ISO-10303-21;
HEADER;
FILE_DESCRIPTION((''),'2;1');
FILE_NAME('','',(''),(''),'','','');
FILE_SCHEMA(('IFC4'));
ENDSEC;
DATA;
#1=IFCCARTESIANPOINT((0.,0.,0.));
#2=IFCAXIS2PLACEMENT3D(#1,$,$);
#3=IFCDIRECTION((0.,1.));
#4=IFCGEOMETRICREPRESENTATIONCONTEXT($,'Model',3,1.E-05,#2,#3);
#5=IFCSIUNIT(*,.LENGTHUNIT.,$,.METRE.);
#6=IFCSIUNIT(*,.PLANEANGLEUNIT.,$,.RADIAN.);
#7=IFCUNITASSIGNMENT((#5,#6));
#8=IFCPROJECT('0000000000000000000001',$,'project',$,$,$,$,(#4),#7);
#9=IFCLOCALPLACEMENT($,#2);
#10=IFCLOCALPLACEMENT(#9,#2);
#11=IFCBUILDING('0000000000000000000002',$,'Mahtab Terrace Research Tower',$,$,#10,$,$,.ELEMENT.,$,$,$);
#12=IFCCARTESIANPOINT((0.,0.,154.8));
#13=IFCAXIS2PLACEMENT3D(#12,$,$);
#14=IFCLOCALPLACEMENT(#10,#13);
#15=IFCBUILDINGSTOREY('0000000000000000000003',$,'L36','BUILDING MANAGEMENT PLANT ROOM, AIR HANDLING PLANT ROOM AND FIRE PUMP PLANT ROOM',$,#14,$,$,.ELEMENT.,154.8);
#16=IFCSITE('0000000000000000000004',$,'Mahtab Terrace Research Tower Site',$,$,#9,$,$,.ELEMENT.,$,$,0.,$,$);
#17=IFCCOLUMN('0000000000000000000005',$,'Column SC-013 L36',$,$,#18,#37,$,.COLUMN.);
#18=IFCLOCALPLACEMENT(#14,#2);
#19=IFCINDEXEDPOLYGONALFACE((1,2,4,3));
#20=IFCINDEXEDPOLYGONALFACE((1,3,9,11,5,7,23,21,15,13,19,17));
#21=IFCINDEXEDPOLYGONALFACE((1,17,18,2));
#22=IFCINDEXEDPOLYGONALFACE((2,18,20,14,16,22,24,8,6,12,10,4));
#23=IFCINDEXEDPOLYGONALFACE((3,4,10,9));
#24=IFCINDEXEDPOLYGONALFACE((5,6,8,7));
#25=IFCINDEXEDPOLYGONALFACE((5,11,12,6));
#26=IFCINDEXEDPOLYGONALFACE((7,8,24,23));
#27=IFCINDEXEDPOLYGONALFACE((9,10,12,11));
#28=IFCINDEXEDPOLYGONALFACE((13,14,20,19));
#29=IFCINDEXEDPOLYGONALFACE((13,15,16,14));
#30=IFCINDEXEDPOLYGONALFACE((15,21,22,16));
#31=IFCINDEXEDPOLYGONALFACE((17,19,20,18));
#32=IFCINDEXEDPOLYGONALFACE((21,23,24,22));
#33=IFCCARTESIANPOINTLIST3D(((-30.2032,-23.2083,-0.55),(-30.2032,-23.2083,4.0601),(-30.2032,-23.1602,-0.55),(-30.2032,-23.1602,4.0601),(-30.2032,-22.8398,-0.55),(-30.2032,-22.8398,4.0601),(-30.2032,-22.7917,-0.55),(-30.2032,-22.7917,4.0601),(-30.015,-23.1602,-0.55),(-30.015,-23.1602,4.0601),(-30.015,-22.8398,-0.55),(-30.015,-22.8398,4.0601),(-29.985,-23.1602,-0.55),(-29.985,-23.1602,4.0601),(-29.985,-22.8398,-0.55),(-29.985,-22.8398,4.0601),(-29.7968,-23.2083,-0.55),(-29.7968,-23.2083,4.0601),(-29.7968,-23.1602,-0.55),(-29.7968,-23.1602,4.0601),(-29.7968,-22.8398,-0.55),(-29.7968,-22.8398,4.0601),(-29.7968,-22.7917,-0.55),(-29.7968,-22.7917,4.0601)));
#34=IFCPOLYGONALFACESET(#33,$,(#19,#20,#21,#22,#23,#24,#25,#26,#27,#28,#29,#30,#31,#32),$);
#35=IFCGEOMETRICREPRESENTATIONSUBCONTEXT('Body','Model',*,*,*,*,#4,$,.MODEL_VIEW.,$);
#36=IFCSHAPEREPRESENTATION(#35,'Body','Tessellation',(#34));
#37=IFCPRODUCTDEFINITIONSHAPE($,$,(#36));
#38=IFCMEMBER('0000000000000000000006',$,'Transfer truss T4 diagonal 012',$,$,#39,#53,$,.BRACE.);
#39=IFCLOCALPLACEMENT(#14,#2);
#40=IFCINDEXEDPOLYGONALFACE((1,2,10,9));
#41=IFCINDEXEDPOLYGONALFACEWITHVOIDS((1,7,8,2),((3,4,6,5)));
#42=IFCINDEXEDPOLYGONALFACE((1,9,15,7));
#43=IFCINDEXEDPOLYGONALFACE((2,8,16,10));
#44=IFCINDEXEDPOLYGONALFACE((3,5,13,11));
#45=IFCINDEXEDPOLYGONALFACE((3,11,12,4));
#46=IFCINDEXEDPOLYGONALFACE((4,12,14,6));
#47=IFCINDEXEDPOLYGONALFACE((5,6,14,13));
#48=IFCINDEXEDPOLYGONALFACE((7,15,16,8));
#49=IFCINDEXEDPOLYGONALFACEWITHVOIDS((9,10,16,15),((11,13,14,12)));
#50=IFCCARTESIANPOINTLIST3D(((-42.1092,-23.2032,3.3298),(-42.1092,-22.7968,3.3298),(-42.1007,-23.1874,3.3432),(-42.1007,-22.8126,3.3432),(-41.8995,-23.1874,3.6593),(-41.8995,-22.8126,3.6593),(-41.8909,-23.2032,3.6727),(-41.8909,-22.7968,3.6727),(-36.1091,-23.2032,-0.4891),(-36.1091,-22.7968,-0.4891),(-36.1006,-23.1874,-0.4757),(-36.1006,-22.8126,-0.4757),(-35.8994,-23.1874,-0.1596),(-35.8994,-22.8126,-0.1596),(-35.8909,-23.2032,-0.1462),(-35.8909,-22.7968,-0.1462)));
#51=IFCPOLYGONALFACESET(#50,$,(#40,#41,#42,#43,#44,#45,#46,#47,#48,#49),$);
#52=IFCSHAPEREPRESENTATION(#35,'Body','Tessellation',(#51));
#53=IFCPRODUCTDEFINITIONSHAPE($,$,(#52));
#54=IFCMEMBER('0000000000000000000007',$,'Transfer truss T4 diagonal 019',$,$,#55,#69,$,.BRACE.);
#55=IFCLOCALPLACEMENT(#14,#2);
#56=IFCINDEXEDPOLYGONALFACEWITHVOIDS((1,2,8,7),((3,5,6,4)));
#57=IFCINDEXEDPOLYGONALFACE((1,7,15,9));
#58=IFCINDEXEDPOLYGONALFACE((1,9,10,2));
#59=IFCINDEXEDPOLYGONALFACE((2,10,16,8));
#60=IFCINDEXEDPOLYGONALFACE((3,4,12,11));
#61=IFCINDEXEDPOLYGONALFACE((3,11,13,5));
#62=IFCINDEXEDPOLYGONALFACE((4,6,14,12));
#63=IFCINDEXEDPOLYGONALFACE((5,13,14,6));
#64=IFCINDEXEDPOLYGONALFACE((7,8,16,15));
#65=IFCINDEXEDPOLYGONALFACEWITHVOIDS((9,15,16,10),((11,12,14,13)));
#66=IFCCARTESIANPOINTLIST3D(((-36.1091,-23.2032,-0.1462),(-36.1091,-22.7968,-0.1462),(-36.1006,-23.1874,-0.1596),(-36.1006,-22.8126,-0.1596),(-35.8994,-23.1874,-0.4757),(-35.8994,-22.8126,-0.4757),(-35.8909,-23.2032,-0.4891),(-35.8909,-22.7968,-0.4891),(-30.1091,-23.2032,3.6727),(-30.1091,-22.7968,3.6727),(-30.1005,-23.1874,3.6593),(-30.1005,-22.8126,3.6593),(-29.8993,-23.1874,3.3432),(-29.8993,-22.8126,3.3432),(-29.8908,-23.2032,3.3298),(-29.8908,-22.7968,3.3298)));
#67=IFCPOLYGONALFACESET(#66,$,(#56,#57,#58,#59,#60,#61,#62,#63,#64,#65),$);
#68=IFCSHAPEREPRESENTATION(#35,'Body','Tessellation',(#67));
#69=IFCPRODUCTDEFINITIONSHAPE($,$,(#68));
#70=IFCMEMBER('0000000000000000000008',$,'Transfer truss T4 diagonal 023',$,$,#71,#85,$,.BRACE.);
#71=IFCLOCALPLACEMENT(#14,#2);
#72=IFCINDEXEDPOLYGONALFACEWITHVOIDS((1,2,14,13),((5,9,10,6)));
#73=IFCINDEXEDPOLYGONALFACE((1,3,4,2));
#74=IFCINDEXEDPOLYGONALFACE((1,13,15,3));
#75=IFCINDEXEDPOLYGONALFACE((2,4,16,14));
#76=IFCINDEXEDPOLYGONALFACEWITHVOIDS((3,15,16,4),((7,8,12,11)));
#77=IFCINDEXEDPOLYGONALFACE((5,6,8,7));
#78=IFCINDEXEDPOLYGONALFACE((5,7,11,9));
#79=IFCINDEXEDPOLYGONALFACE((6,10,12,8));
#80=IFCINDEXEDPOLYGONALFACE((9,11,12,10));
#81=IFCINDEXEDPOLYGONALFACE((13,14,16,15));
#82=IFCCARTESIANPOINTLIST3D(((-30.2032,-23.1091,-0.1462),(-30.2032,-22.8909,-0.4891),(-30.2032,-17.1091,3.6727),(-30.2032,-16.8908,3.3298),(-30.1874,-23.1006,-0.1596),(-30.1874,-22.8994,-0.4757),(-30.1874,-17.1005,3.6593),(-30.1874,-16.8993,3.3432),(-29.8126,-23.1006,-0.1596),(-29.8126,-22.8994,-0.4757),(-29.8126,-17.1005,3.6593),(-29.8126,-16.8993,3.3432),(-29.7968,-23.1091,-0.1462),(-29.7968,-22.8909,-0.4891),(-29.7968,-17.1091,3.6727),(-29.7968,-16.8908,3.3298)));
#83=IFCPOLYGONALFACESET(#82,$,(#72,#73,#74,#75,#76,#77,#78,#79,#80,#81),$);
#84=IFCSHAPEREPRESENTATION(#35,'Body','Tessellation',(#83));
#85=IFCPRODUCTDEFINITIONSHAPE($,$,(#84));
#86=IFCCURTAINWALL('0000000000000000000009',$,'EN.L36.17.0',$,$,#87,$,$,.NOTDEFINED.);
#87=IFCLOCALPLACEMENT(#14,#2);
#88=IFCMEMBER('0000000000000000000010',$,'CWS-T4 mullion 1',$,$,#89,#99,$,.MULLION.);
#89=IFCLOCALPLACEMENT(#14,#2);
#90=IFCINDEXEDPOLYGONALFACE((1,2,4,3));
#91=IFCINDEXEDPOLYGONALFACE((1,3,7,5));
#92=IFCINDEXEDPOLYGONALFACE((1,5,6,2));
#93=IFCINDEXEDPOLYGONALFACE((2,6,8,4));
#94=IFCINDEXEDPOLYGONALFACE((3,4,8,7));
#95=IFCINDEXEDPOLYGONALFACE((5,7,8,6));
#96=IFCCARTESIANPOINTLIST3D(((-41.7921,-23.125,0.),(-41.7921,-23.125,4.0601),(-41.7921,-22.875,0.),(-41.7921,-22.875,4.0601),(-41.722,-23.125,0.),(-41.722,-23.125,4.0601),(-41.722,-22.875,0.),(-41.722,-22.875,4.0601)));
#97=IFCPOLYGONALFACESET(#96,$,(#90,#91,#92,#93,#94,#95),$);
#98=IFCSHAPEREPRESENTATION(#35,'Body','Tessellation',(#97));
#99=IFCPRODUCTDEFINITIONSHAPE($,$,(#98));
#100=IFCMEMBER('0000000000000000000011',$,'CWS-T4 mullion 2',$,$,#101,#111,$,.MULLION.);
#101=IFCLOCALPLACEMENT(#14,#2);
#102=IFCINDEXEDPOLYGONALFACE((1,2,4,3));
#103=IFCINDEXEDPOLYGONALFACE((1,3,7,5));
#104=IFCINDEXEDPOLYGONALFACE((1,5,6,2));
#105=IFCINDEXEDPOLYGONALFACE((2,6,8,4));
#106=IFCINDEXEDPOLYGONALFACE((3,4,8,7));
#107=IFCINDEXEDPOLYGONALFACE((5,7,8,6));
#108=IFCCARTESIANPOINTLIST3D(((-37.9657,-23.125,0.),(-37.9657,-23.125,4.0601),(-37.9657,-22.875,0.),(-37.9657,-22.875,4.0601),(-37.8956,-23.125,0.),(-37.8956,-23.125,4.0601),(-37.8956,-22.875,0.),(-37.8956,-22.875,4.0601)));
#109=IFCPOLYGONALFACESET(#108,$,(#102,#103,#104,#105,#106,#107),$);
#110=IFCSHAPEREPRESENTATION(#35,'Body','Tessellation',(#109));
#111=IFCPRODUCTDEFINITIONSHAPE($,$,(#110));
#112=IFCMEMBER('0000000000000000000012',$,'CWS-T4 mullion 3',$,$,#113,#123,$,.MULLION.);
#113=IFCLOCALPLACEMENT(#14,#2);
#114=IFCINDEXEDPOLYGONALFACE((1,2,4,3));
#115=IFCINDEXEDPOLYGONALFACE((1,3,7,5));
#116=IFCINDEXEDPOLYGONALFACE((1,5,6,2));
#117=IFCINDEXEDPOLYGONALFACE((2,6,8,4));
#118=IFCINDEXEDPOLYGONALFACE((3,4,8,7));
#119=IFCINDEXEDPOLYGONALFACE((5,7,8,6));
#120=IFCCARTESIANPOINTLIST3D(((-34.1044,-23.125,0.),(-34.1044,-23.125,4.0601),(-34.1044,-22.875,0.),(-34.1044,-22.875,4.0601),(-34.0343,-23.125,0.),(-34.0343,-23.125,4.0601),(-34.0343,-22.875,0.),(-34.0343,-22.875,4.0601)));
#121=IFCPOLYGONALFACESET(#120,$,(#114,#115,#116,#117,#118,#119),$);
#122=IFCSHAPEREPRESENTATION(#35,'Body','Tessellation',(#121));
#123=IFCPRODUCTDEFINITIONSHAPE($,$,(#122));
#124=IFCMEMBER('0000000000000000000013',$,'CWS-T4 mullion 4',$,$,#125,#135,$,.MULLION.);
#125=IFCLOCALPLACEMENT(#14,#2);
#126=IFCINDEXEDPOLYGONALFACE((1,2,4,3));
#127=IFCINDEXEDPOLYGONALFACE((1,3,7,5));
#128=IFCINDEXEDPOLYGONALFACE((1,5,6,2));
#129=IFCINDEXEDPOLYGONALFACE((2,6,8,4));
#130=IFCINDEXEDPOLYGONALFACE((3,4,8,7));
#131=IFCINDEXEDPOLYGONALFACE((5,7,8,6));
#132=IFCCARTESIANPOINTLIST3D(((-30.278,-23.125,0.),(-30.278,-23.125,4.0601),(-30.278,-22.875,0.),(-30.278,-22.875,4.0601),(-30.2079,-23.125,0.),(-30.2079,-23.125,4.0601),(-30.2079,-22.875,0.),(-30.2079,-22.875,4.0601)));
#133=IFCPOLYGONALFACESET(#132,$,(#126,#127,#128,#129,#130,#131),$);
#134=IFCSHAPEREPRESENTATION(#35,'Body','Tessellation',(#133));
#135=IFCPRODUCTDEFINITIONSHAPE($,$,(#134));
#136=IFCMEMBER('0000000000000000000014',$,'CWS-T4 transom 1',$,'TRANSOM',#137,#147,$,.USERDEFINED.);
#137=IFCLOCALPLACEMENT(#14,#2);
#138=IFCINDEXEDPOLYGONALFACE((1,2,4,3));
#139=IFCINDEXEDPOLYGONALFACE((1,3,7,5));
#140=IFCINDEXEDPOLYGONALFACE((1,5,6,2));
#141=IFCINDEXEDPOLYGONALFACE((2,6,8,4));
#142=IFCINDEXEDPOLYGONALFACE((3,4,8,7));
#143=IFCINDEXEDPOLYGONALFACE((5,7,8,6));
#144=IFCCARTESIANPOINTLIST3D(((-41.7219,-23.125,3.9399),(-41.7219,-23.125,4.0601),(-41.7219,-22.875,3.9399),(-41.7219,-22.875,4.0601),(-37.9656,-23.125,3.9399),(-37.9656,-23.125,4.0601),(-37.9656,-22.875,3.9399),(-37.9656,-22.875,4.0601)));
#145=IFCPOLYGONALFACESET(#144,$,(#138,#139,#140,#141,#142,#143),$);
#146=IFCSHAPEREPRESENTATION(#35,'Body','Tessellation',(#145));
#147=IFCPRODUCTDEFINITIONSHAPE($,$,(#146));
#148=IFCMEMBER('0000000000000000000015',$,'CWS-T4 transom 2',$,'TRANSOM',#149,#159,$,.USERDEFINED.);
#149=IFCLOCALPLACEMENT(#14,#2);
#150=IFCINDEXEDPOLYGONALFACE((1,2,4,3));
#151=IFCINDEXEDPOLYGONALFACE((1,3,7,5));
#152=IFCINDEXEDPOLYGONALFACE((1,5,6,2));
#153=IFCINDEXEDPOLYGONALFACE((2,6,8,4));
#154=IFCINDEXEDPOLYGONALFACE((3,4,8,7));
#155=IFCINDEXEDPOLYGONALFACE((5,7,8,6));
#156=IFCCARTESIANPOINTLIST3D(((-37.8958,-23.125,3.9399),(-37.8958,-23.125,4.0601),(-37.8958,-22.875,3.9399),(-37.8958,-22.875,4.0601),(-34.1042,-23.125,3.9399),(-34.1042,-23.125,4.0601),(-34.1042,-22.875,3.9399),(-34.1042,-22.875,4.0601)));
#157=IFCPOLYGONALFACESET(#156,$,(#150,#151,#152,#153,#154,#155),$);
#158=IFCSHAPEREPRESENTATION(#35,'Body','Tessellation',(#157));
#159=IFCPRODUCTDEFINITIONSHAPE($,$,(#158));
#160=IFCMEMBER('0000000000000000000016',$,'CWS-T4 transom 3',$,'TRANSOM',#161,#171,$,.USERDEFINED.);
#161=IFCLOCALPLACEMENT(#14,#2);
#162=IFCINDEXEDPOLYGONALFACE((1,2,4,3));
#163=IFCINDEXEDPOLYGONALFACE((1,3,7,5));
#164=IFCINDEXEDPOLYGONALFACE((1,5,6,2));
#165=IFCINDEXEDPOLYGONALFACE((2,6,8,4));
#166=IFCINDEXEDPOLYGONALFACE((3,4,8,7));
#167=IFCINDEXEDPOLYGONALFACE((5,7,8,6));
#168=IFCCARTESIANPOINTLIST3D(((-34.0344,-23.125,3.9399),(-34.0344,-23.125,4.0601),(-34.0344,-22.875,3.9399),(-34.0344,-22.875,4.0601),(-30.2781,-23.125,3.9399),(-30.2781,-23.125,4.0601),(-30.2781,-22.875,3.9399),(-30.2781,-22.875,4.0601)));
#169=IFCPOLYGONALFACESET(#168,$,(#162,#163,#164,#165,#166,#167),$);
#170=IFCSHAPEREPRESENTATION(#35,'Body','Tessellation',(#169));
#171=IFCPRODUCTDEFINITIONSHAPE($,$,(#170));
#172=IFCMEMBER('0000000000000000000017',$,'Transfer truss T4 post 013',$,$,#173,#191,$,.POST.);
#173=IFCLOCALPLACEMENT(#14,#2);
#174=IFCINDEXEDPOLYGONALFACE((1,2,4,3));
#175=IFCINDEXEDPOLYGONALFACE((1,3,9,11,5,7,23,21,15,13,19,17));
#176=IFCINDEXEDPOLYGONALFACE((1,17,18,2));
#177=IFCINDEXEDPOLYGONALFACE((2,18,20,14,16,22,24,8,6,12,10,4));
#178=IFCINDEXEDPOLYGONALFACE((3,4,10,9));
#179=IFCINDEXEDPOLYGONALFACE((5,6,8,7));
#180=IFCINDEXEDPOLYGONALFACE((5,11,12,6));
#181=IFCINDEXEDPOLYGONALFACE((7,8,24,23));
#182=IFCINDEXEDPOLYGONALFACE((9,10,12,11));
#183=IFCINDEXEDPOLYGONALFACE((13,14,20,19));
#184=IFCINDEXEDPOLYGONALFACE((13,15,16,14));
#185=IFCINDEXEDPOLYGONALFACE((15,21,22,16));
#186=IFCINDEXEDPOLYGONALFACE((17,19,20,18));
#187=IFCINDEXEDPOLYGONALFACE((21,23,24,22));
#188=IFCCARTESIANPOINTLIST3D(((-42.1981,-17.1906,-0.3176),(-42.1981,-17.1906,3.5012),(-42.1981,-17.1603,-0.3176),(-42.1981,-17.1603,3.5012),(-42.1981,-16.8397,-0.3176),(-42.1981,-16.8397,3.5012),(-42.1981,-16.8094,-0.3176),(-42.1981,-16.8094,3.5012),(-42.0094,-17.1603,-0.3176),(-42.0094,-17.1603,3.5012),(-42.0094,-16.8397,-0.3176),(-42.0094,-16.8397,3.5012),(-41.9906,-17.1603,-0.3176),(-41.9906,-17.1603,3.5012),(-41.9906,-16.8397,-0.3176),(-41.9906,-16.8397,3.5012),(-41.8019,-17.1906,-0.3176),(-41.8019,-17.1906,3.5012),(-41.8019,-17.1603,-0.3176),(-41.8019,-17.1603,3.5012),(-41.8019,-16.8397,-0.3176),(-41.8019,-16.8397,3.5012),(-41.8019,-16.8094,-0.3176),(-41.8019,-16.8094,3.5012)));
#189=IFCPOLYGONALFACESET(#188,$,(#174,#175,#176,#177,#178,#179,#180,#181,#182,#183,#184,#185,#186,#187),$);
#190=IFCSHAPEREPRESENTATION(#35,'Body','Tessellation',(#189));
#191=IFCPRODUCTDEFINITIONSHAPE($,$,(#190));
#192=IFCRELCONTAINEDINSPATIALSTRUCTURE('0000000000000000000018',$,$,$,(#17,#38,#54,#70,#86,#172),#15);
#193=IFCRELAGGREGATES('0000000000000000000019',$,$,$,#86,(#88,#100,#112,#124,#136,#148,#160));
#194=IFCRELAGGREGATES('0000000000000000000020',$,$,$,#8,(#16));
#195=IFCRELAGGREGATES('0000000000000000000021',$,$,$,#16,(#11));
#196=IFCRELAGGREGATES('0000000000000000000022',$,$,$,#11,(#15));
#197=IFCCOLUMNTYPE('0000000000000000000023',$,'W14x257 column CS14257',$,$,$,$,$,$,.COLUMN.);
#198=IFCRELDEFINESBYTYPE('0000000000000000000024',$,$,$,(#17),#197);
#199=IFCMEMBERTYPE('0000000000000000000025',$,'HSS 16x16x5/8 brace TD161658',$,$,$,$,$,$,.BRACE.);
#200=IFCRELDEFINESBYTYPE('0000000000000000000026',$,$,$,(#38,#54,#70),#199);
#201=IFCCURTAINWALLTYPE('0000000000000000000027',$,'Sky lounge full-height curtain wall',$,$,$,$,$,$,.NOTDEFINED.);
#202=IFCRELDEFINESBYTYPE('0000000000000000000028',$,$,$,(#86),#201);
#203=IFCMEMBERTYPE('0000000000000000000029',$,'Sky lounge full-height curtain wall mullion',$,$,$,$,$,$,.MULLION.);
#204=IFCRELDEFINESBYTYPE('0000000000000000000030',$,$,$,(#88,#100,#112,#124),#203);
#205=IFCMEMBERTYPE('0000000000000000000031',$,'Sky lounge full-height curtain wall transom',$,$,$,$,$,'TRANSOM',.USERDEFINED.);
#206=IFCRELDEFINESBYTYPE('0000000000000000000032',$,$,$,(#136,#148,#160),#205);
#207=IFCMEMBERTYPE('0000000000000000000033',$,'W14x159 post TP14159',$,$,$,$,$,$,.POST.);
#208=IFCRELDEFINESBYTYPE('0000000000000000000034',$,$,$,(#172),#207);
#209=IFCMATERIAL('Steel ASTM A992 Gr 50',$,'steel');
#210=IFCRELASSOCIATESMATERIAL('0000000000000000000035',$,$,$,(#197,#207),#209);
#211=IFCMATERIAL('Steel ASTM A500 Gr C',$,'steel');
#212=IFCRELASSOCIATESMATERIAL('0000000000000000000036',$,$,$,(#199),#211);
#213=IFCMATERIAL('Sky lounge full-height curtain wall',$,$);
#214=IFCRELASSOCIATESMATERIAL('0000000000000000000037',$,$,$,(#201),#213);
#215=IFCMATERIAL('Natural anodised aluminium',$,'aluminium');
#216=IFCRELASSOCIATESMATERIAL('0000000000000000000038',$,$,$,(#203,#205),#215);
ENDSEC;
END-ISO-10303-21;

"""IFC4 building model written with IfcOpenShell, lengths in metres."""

from ifc_helpers import new_model, si_unit, direction, frame, origin, origin_2d, place, context, subcontext, project, spatial, rectangle, hollow_rectangle, i_section, extrude, material, material_profile, profile_set, type_object, element, aggregate, save


model = new_model("IFC4")

# Units and contexts
model_context = context("Model", 3, precision=1e-05, world=origin(), true_north=direction((0.0, 1.0)))
body_context = subcontext(model_context, "Body", "Model", "MODEL_VIEW")
ifc_project = project(units=[si_unit("LENGTHUNIT", "METRE"), si_unit("PLANEANGLEUNIT", "RADIAN")], contexts=[model_context])

# Site, building, storey
site_placement = place(None, origin())
site = spatial("IfcSite", under=ifc_project, at=site_placement, Name="Mahtab Terrace Research Tower Site", CompositionType="ELEMENT", RefElevation=0.0)
building_placement = place(site_placement, origin())
building = spatial("IfcBuilding", under=site, at=building_placement, Name="Mahtab Terrace Research Tower", CompositionType="ELEMENT")
storey_placement = place(building_placement, frame((0.0, 0.0, 154.8)))
storey = spatial("IfcBuildingStorey", under=building, at=storey_placement, Name="L36", Description="BUILDING MANAGEMENT PLANT ROOM, AIR HANDLING PLANT ROOM AND FIRE PUMP PLANT ROOM", CompositionType="ELEMENT", Elevation=154.8)

# Column
ifc_material_1 = material(Name="Steel ASTM A992 Gr 50", Category="steel")
ifc_material_profile_1 = material_profile(ifc_material_1, i_section(OverallWidth=0.4065, OverallDepth=0.4165, WebThickness=0.03, FlangeThickness=0.0481, at=origin_2d()), Name="W14X257")
ifc_profile_set_1 = profile_set([ifc_material_profile_1], Name="Steel ASTM A992 Gr 50")
column_type = type_object("IfcColumnType", Name="W14x257 column CS14257", PredefinedType="COLUMN", material=ifc_profile_set_1)
column_placement = place(storey_placement, frame((-30.0, -23.0, -0.55), z_axis=(0.0, 0.0, 1.0), x_axis=(1.0, 0.0, 0.0)))
element("IfcColumn", 1, at=column_placement, inside=storey, type_object=column_type, Name="Column SC-013 L36", PredefinedType="COLUMN", context=body_context, shape_type="SweptSolid", body=[
    extrude(i_section(OverallWidth=0.4065, OverallDepth=0.4165, WebThickness=0.03, FlangeThickness=0.0481, at=origin_2d()), origin(), (0.0, 0.0, 1.0), 4.6101),
])

# Members
ifc_material_2 = material(Name="Steel ASTM A500 Gr C", Category="steel")
ifc_material_profile_2 = material_profile(ifc_material_2, hollow_rectangle(XDim=0.4065, YDim=0.4065, WallThickness=0.0159, at=origin_2d()), Name="HSS16X16X5/8")
ifc_profile_set_2 = profile_set([ifc_material_profile_2], Name="Steel ASTM A500 Gr C")
member_type_1 = type_object("IfcMemberType", Name="HSS 16x16x5/8 brace TD161658", PredefinedType="BRACE", material=ifc_profile_set_2)
for number, where, z_axis, x_axis, name in (
    (2, (-36.0, -23.0, -0.3176), (-0.843619, 0.0, 0.536942), (0.0, -1.0, 0.0), "Transfer truss T4 diagonal 012"),
    (3, (-36.0, -23.0, -0.3176), (0.843619, 0.0, 0.536942), (0.0, 1.0, 0.0), "Transfer truss T4 diagonal 019"),
    (4, (-30.0, -23.0, -0.3176), (0.0, 0.843619, 0.536942), (-1.0, 0.0, 0.0), "Transfer truss T4 diagonal 023"),
):
    element("IfcMember", number, at=place(storey_placement, frame(where, z_axis=z_axis, x_axis=x_axis)), inside=storey, type_object=member_type_1, Name=name, PredefinedType="BRACE", context=body_context, shape_type="SweptSolid", body=[
        extrude(hollow_rectangle(XDim=0.4065, YDim=0.4065, WallThickness=0.0159, at=origin_2d()), origin(), (0.0, 0.0, 1.0), 7.1123),
    ])

# Curtain wall, members
ifc_material_3 = material(Name="Sky lounge full-height curtain wall")
curtain_wall_type = type_object("IfcCurtainWallType", Name="Sky lounge full-height curtain wall", PredefinedType="NOTDEFINED", material=ifc_material_3)
curtain_wall_placement = place(storey_placement, origin())
curtain_wall = element("IfcCurtainWall", 5, at=curtain_wall_placement, inside=storey, type_object=curtain_wall_type, Name="EN.L36.17.0", PredefinedType="NOTDEFINED")
ifc_material_4 = material(Name="Natural anodised aluminium", Category="aluminium")
ifc_material_profile_3 = material_profile(ifc_material_4, rectangle(XDim=0.25, YDim=0.0701, at=origin_2d()), Name="MULLION 70x250")
ifc_profile_set_3 = profile_set([ifc_material_profile_3], Name="Natural anodised aluminium")
member_type_2 = type_object("IfcMemberType", Name="Sky lounge full-height curtain wall mullion", PredefinedType="MULLION", material=ifc_profile_set_3)
member_1_placement = place(storey_placement, frame((-41.7571, -23.0, 0.0), z_axis=(0.0, 0.0, 1.0), x_axis=(0.0, 1.0, 0.0)))
member_1 = element("IfcMember", 6, at=member_1_placement, type_object=member_type_2, Name="CWS-T4 mullion 1", PredefinedType="MULLION", context=body_context, shape_type="SweptSolid", body=[
    extrude(rectangle(XDim=0.25, YDim=0.0701, at=origin_2d()), origin(), (0.0, 0.0, 1.0), 4.0601),
])
member_2_placement = place(storey_placement, frame((-37.9307, -23.0, 0.0), z_axis=(0.0, 0.0, 1.0), x_axis=(0.0, 1.0, 0.0)))
member_2 = element("IfcMember", 7, at=member_2_placement, type_object=member_type_2, Name="CWS-T4 mullion 2", PredefinedType="MULLION", context=body_context, shape_type="SweptSolid", body=[
    extrude(rectangle(XDim=0.25, YDim=0.0701, at=origin_2d()), origin(), (0.0, 0.0, 1.0), 4.0601),
])
member_3_placement = place(storey_placement, frame((-34.0693, -23.0, 0.0), z_axis=(0.0, 0.0, 1.0), x_axis=(0.0, 1.0, 0.0)))
member_3 = element("IfcMember", 8, at=member_3_placement, type_object=member_type_2, Name="CWS-T4 mullion 3", PredefinedType="MULLION", context=body_context, shape_type="SweptSolid", body=[
    extrude(rectangle(XDim=0.25, YDim=0.0701, at=origin_2d()), origin(), (0.0, 0.0, 1.0), 4.0601),
])
member_4_placement = place(storey_placement, frame((-30.2429, -23.0, 0.0), z_axis=(0.0, 0.0, 1.0), x_axis=(0.0, 1.0, 0.0)))
member_4 = element("IfcMember", 9, at=member_4_placement, type_object=member_type_2, Name="CWS-T4 mullion 4", PredefinedType="MULLION", context=body_context, shape_type="SweptSolid", body=[
    extrude(rectangle(XDim=0.25, YDim=0.0701, at=origin_2d()), origin(), (0.0, 0.0, 1.0), 4.0601),
])
ifc_material_profile_4 = material_profile(ifc_material_4, rectangle(XDim=0.25, YDim=0.1201, at=origin_2d()), Name="TRANSOM 120x250")
ifc_profile_set_4 = profile_set([ifc_material_profile_4], Name="Natural anodised aluminium")
member_type_3 = type_object("IfcMemberType", Name="Sky lounge full-height curtain wall transom", ElementType="TRANSOM", PredefinedType="USERDEFINED", material=ifc_profile_set_4)
member_5_placement = place(storey_placement, frame((-41.7219, -23.0, 4.0), z_axis=(1.0, 0.0, 0.0), x_axis=(0.0, 1.0, 0.0)))
member_5 = element("IfcMember", 10, at=member_5_placement, type_object=member_type_3, Name="CWS-T4 transom 1", ObjectType="TRANSOM", PredefinedType="USERDEFINED", context=body_context, shape_type="SweptSolid", body=[
    extrude(rectangle(XDim=0.25, YDim=0.1201, at=origin_2d()), origin(), (0.0, 0.0, 1.0), 3.7563),
])
member_6_placement = place(storey_placement, frame((-37.8958, -23.0, 4.0), z_axis=(1.0, 0.0, 0.0), x_axis=(0.0, 1.0, 0.0)))
member_6 = element("IfcMember", 11, at=member_6_placement, type_object=member_type_3, Name="CWS-T4 transom 2", ObjectType="TRANSOM", PredefinedType="USERDEFINED", context=body_context, shape_type="SweptSolid", body=[
    extrude(rectangle(XDim=0.25, YDim=0.1201, at=origin_2d()), origin(), (0.0, 0.0, 1.0), 3.7915),
])
member_7_placement = place(storey_placement, frame((-34.0344, -23.0, 4.0), z_axis=(1.0, 0.0, 0.0), x_axis=(0.0, 1.0, 0.0)))
member_7 = element("IfcMember", 12, at=member_7_placement, type_object=member_type_3, Name="CWS-T4 transom 3", ObjectType="TRANSOM", PredefinedType="USERDEFINED", context=body_context, shape_type="SweptSolid", body=[
    extrude(rectangle(XDim=0.25, YDim=0.1201, at=origin_2d()), origin(), (0.0, 0.0, 1.0), 3.7563),
])

# Member
ifc_material_profile_5 = material_profile(ifc_material_1, i_section(OverallWidth=0.3962, OverallDepth=0.3811, WebThickness=0.0188, FlangeThickness=0.0303, at=origin_2d()), Name="W14X159")
ifc_profile_set_5 = profile_set([ifc_material_profile_5], Name="Steel ASTM A992 Gr 50")
member_type_4 = type_object("IfcMemberType", Name="W14x159 post TP14159", PredefinedType="POST", material=ifc_profile_set_5)
for number, where, z_axis, x_axis, name in (
    (13, (-42.0, -17.0, -0.3176), (0.0, 0.0, 1.0), (1.0, 0.0, 0.0), "Transfer truss T4 post 013"),
):
    element("IfcMember", number, at=place(storey_placement, frame(where, z_axis=z_axis, x_axis=x_axis)), inside=storey, type_object=member_type_4, Name=name, PredefinedType="POST", context=body_context, shape_type="SweptSolid", body=[
        extrude(i_section(OverallWidth=0.3962, OverallDepth=0.3811, WebThickness=0.0188, FlangeThickness=0.0303, at=origin_2d()), origin(), (0.0, 0.0, 1.0), 3.8188),
    ])

aggregate(curtain_wall, [member_1, member_2, member_3, member_4, member_5, member_6, member_7])

save(model, "model.ifc")
